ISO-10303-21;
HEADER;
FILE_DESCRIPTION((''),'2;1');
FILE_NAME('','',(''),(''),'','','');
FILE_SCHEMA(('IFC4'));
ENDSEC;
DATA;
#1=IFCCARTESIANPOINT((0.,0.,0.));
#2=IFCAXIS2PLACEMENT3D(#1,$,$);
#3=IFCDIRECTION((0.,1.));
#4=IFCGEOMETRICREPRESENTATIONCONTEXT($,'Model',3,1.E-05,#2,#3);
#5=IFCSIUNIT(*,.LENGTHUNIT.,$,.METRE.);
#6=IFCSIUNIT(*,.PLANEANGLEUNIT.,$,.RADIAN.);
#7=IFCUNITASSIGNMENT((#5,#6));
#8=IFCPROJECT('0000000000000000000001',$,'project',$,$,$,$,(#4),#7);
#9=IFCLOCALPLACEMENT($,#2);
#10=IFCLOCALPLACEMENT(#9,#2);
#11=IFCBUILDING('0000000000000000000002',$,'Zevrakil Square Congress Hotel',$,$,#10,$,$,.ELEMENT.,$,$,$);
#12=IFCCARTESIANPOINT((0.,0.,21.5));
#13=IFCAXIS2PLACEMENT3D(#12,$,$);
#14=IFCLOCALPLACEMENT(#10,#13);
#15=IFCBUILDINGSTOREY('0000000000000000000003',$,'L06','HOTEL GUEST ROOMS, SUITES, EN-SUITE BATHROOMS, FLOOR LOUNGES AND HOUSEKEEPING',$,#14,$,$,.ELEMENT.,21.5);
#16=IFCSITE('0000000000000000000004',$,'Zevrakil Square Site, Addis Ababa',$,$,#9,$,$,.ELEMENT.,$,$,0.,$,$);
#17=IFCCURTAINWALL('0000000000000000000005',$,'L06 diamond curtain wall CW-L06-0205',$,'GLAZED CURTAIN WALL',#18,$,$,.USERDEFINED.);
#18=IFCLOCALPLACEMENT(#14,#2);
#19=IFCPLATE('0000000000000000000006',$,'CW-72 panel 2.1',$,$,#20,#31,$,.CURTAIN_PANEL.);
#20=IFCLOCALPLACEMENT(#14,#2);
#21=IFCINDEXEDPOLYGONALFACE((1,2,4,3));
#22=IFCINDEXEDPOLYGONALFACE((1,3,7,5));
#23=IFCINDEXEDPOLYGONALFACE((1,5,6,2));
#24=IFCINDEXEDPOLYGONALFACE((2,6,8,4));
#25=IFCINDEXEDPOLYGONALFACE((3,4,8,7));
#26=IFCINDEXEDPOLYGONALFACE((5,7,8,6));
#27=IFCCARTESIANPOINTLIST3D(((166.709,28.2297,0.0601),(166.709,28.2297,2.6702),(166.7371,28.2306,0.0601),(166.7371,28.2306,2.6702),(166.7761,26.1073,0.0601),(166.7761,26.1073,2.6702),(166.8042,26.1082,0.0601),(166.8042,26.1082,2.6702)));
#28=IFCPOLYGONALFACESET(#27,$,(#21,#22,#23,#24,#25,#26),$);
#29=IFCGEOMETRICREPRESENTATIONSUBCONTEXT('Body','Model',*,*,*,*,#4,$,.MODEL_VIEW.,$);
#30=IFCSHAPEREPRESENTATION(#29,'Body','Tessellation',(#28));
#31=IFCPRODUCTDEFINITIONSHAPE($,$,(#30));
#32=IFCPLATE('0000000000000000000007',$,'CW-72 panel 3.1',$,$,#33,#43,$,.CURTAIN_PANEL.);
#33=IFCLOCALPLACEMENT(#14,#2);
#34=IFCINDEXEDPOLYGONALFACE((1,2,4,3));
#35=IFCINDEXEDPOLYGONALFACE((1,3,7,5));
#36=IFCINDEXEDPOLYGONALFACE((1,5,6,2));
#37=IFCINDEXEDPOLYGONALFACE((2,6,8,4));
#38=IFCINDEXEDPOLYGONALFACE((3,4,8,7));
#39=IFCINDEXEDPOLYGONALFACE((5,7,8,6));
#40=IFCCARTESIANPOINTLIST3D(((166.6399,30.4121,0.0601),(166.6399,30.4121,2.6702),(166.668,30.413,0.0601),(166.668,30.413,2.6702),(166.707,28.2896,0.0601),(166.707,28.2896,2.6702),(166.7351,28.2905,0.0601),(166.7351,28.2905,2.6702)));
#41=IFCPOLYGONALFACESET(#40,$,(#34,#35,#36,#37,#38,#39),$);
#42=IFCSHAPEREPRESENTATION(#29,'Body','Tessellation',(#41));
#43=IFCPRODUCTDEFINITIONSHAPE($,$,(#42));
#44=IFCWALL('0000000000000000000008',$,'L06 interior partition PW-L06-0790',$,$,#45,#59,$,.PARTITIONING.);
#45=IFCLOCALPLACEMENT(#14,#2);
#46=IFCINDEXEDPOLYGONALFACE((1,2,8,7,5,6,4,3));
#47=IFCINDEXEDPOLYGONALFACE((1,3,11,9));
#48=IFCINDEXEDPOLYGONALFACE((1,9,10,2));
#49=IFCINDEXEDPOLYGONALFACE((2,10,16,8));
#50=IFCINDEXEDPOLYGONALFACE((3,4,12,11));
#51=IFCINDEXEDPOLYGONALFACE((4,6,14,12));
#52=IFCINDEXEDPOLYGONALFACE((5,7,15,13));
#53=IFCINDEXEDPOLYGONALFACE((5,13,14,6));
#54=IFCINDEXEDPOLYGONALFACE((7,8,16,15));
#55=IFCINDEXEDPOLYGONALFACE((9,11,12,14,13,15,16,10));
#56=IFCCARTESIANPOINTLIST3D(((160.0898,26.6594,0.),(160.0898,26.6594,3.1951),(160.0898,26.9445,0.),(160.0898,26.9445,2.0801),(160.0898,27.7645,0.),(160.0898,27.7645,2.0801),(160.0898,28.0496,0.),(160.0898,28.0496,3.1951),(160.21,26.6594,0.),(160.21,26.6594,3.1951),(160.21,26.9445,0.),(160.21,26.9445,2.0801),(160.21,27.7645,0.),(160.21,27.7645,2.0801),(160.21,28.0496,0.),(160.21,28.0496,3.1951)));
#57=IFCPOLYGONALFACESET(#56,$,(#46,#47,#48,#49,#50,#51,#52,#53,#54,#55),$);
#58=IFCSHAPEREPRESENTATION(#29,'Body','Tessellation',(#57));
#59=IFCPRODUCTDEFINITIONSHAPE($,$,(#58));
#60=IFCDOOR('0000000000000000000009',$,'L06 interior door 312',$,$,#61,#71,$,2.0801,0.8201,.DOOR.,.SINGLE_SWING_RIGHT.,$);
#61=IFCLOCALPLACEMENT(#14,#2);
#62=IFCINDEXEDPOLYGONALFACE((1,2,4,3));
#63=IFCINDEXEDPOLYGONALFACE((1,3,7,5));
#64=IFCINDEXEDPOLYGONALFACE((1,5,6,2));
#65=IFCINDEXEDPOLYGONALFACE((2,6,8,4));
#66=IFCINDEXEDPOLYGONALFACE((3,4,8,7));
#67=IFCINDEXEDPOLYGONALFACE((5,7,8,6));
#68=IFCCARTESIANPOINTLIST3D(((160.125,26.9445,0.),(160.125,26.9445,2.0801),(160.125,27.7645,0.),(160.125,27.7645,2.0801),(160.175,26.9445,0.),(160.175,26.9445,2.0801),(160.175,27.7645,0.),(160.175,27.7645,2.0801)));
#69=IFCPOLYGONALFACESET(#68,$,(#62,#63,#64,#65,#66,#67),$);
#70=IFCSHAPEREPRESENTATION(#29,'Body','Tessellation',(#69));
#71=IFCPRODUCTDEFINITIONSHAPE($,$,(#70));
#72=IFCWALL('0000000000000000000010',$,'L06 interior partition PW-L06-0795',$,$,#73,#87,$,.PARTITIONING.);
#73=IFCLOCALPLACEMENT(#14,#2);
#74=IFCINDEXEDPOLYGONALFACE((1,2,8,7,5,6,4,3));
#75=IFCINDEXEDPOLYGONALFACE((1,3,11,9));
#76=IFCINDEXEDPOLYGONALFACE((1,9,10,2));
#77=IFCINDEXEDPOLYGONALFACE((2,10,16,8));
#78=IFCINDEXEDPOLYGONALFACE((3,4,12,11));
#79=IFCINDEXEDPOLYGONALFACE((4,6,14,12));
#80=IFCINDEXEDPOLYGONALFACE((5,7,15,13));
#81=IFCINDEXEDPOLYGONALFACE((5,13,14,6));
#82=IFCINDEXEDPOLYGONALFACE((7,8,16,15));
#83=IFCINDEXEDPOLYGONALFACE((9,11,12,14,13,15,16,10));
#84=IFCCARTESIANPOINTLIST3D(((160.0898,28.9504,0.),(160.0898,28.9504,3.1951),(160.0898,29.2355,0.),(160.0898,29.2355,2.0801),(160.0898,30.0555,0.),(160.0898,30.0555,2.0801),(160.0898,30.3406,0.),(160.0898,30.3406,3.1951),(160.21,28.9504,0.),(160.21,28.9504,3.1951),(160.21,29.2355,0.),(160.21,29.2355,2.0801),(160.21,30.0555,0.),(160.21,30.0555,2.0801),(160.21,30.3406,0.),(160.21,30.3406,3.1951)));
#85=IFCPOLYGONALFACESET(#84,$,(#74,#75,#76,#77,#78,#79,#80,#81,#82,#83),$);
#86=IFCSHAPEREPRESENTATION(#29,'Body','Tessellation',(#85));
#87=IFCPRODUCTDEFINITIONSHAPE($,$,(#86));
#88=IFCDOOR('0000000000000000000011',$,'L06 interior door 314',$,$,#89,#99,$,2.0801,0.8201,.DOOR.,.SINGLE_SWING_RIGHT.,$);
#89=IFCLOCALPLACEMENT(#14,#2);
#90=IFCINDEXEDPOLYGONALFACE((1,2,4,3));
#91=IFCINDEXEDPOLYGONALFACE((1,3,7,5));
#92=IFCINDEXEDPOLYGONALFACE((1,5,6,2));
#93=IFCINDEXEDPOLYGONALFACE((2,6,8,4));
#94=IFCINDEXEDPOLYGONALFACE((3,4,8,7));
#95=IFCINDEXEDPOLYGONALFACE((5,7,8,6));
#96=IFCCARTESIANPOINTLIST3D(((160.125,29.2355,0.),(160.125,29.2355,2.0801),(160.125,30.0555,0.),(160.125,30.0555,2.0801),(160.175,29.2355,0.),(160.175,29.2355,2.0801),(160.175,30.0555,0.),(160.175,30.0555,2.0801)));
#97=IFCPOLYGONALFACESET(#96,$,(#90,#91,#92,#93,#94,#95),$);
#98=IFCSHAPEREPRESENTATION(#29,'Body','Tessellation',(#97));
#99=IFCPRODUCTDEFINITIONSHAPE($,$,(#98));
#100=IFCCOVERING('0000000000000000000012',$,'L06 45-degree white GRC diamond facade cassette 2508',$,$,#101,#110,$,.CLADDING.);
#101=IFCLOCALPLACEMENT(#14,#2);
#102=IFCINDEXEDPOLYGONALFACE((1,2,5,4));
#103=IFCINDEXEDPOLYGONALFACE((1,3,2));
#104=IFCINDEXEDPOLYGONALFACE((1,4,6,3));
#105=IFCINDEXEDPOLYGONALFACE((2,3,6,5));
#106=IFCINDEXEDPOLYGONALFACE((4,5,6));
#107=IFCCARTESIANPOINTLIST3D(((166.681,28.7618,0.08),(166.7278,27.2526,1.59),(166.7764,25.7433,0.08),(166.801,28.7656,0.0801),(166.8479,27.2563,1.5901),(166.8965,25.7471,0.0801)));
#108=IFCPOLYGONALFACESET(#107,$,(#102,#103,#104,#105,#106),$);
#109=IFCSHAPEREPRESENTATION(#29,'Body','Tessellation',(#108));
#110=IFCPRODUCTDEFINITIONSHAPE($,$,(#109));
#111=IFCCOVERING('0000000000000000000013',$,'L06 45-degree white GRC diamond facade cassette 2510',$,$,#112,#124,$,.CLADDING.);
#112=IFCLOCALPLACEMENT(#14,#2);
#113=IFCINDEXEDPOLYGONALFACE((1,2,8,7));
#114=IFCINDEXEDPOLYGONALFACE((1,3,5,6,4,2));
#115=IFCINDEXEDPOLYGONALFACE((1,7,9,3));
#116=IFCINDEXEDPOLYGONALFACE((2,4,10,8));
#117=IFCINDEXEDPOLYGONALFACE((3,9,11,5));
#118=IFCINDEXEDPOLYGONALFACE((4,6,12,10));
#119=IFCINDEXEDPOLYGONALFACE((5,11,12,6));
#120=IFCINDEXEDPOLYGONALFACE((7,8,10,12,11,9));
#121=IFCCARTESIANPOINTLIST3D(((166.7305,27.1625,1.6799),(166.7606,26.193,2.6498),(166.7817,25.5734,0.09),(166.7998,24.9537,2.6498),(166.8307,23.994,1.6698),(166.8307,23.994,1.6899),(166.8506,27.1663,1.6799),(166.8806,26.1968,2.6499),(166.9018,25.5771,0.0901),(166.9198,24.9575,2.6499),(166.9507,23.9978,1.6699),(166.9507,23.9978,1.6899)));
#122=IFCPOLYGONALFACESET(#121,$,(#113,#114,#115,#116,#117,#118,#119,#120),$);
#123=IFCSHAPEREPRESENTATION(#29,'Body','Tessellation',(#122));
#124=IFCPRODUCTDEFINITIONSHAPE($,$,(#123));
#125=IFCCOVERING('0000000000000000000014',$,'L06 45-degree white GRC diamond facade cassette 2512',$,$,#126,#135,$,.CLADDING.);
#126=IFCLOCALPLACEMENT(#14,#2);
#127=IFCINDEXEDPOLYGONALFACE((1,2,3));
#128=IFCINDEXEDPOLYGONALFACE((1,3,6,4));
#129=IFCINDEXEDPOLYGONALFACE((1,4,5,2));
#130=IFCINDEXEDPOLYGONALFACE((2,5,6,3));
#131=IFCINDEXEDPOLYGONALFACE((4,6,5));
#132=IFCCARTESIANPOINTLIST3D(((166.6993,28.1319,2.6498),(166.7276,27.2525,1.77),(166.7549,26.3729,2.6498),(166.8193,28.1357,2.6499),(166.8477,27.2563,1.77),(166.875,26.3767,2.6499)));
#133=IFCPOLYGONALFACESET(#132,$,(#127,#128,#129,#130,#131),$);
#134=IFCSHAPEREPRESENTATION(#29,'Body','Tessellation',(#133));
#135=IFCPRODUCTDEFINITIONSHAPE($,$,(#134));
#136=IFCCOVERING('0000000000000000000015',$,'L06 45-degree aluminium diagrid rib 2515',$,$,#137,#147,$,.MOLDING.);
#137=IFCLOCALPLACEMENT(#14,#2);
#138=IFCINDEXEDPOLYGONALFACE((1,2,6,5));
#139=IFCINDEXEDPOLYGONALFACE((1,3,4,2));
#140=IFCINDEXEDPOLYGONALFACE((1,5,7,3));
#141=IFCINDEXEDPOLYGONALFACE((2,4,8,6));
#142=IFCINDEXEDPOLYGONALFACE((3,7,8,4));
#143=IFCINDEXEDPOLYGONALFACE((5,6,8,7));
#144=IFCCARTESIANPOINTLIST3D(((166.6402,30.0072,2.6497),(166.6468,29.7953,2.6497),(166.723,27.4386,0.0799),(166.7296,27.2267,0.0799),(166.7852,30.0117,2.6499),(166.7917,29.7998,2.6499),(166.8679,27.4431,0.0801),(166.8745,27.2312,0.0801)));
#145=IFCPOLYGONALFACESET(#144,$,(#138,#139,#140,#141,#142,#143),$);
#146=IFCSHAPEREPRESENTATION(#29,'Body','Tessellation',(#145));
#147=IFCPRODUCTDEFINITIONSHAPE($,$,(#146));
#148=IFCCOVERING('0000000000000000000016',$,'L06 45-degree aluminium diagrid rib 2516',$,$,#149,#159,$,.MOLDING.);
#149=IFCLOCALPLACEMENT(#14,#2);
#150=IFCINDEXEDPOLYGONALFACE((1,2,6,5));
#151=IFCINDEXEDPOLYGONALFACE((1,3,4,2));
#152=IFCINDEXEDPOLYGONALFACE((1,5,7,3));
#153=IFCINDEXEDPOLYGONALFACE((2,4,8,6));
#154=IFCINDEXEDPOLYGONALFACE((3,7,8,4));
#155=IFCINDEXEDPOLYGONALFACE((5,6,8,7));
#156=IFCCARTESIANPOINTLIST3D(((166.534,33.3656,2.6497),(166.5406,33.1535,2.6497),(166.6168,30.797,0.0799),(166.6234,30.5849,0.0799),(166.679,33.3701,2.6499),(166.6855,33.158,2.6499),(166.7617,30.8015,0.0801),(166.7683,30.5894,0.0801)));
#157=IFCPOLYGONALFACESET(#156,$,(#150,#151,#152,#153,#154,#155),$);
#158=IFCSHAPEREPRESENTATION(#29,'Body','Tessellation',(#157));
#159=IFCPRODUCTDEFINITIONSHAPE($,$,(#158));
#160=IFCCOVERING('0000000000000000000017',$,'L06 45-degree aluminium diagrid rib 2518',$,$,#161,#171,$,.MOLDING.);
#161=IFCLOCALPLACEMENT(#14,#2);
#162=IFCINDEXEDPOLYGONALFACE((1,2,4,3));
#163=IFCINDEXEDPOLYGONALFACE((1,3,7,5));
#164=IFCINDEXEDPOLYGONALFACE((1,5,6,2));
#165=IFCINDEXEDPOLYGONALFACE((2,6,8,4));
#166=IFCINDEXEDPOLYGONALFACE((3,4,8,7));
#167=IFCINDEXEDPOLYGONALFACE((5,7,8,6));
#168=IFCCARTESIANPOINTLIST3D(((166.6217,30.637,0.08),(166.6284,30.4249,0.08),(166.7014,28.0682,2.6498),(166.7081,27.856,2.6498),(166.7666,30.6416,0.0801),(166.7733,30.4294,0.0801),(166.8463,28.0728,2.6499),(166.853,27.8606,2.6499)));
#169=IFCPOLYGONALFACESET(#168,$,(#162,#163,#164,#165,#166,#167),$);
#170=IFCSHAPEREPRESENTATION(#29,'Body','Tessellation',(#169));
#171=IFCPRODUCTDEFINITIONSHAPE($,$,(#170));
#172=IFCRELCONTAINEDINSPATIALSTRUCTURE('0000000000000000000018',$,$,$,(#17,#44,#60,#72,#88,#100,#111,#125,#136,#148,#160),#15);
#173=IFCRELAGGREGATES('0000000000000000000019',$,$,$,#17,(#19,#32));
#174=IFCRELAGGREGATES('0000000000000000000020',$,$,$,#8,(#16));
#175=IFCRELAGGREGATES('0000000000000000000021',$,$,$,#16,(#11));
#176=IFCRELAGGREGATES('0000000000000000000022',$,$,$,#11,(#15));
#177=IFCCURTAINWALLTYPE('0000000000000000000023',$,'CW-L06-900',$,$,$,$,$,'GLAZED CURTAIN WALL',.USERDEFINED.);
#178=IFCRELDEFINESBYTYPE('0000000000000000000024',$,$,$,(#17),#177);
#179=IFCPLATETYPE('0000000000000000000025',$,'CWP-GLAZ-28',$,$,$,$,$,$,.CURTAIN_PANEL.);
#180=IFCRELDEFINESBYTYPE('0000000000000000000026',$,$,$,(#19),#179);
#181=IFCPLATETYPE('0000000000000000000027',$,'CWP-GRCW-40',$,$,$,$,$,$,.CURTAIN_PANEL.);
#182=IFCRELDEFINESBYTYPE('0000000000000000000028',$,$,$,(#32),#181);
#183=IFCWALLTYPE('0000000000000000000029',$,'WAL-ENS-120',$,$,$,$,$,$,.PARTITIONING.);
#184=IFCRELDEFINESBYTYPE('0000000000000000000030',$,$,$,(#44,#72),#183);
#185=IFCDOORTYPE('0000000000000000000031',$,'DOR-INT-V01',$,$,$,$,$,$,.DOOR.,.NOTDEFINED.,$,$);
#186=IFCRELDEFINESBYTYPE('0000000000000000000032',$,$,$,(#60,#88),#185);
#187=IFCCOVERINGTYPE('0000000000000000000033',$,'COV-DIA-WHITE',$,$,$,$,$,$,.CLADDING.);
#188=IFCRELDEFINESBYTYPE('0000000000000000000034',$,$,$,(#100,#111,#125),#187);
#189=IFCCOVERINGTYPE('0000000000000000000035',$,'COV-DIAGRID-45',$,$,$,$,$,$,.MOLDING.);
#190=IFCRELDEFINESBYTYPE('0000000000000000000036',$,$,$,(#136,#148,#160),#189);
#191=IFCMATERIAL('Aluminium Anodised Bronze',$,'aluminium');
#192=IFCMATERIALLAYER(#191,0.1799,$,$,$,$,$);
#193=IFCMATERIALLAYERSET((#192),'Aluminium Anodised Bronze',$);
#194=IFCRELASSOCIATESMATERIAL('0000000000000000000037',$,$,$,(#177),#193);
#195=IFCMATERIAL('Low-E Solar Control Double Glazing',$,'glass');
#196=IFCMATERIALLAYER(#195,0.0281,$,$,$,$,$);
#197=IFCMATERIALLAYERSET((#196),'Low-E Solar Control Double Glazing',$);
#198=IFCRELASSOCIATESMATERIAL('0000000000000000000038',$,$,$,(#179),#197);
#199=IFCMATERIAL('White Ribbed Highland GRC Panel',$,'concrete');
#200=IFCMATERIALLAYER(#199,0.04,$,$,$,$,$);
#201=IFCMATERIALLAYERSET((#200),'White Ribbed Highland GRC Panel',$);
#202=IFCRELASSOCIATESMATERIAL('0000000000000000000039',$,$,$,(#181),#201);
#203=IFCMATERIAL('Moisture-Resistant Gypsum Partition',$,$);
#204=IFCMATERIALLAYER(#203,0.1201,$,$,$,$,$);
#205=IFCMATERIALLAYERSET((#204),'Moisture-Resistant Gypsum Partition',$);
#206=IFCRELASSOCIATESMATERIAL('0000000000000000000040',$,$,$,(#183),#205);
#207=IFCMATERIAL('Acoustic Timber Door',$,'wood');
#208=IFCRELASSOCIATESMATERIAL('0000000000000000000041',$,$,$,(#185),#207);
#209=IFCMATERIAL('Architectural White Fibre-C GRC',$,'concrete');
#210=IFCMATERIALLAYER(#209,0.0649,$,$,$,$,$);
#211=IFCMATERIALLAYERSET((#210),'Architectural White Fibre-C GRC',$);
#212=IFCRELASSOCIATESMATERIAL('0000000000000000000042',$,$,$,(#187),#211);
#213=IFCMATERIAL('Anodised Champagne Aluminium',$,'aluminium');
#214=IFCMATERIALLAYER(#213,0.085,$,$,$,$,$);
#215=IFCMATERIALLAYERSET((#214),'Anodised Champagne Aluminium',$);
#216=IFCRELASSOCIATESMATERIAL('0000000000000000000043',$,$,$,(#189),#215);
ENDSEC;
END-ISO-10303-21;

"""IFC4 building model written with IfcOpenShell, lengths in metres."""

from ifc_helpers import new_model, si_unit, direction, frame, frame_2d, origin, origin_2d, place, context, subcontext, project, spatial, polyline, rectangle, outline, extrude, material, layer, layer_set, type_object, element, fill, aggregate, save


model = new_model("IFC4")

# Units and contexts
model_context = context("Model", 3, precision=1e-05, world=origin(), true_north=direction((0.0, 1.0)))
body_context = subcontext(model_context, "Body", "Model", "MODEL_VIEW")
ifc_project = project(units=[si_unit("LENGTHUNIT", "METRE"), si_unit("PLANEANGLEUNIT", "RADIAN")], contexts=[model_context])

# Site, building, storey
site_placement = place(None, origin())
site = spatial("IfcSite", under=ifc_project, at=site_placement, Name="Zevrakil Square Site, Addis Ababa", CompositionType="ELEMENT", RefElevation=0.0)
building_placement = place(site_placement, origin())
building = spatial("IfcBuilding", under=site, at=building_placement, Name="Zevrakil Square Congress Hotel", CompositionType="ELEMENT")
storey_placement = place(building_placement, frame((0.0, 0.0, 21.5)))
storey = spatial("IfcBuildingStorey", under=building, at=storey_placement, Name="L06", Description="HOTEL GUEST ROOMS, SUITES, EN-SUITE BATHROOMS, FLOOR LOUNGES AND HOUSEKEEPING", CompositionType="ELEMENT", Elevation=21.5)

# Curtain wall, plates
ifc_material_1 = material(Name="Aluminium Anodised Bronze", Category="aluminium")
ifc_layer_1 = layer(ifc_material_1, 0.1799)
ifc_layer_set_1 = layer_set([ifc_layer_1], Name="Aluminium Anodised Bronze")
curtain_wall_type = type_object("IfcCurtainWallType", Name="CW-L06-900", ElementType="GLAZED CURTAIN WALL", PredefinedType="USERDEFINED", material=ifc_layer_set_1)
curtain_wall_placement = place(storey_placement, origin())
curtain_wall = element("IfcCurtainWall", 1, at=curtain_wall_placement, inside=storey, type_object=curtain_wall_type, Name="L06 diamond curtain wall CW-L06-0205", ObjectType="GLAZED CURTAIN WALL", PredefinedType="USERDEFINED")
ifc_material_2 = material(Name="Low-E Solar Control Double Glazing", Category="glass")
ifc_layer_2 = layer(ifc_material_2, 0.0281)
ifc_layer_set_2 = layer_set([ifc_layer_2], Name="Low-E Solar Control Double Glazing")
plate_type_1 = type_object("IfcPlateType", Name="CWP-GLAZ-28", PredefinedType="CURTAIN_PANEL", material=ifc_layer_set_2)
plate_1_placement = place(storey_placement, frame((166.7566, 27.1689, 0.0601), z_axis=(0.0, 0.0, 1.0), x_axis=(-0.031598, 0.999501, 0.0)))
plate_1 = element("IfcPlate", 2, at=plate_1_placement, type_object=plate_type_1, Name="CW-72 panel 2.1", PredefinedType="CURTAIN_PANEL", context=body_context, shape_type="SweptSolid", body=[
    extrude(rectangle(XDim=2.1235, YDim=0.0281, at=origin_2d()), origin(), (0.0, 0.0, 1.0), 2.6101),
])
ifc_material_3 = material(Name="White Ribbed Highland GRC Panel", Category="concrete")
ifc_layer_3 = layer(ifc_material_3, 0.04)
ifc_layer_set_3 = layer_set([ifc_layer_3], Name="White Ribbed Highland GRC Panel")
plate_type_2 = type_object("IfcPlateType", Name="CWP-GRCW-40", PredefinedType="CURTAIN_PANEL", material=ifc_layer_set_3)
plate_2_placement = place(storey_placement, frame((166.6875, 29.3513, 0.0601), z_axis=(0.0, 0.0, 1.0), x_axis=(-0.031598, 0.999501, 0.0)))
plate_2 = element("IfcPlate", 3, at=plate_2_placement, type_object=plate_type_2, Name="CW-72 panel 3.1", PredefinedType="CURTAIN_PANEL", context=body_context, shape_type="SweptSolid", body=[
    extrude(rectangle(XDim=2.1235, YDim=0.0281, at=origin_2d()), origin(), (0.0, 0.0, 1.0), 2.6101),
])
aggregate(curtain_wall, [plate_1, plate_2])

# Walls, openings, doors
ifc_material_4 = material(Name="Moisture-Resistant Gypsum Partition")
ifc_layer_4 = layer(ifc_material_4, 0.1201)
ifc_layer_set_4 = layer_set([ifc_layer_4], Name="Moisture-Resistant Gypsum Partition")
wall_type = type_object("IfcWallType", Name="WAL-ENS-120", PredefinedType="PARTITIONING", material=ifc_layer_set_4)
wall_1_placement = place(storey_placement, frame((160.1499, 26.6594, 0.0), z_axis=(0.0, 0.0, 1.0), x_axis=(0.0, 1.0, 0.0)))
wall_1 = element("IfcWall", 4, at=wall_1_placement, inside=storey, type_object=wall_type, Name="L06 interior partition PW-L06-0790", PredefinedType="PARTITIONING", context=body_context, shape_type="SweptSolid", body=[
    extrude(rectangle(XDim=1.3901, YDim=0.1201, at=frame_2d((0.6951, 0.0))), origin(), (0.0, 0.0, 1.0), 3.1951),
])
opening_1_placement = place(wall_1_placement, frame((0.2849, 0.0, 0.0)))
opening_1 = element("IfcOpeningElement", 5, at=opening_1_placement, cuts=wall_1, PredefinedType="OPENING", context=body_context, shape_type="SweptSolid", body=[
    extrude(rectangle(XDim=0.8201, YDim=2.0801, at=frame_2d((0.4102, 1.04))), frame((0.0, 0.0701, 0.0), z_axis=(0.0, -1.0, 0.0), x_axis=(1.0, 0.0, 0.0)), (0.0, 0.0, 1.0), 0.1401),
])
ifc_material_5 = material(Name="Acoustic Timber Door", Category="wood")
door_type = type_object("IfcDoorType", Name="DOR-INT-V01", OperationType="NOTDEFINED", PredefinedType="DOOR", material=ifc_material_5)
door_1_placement = place(opening_1_placement, origin())
door_1 = element("IfcDoor", 6, at=door_1_placement, inside=storey, type_object=door_type, Name="L06 interior door 312", OperationType="SINGLE_SWING_RIGHT", OverallHeight=2.0801, OverallWidth=0.8201, PredefinedType="DOOR", context=body_context, shape_type="SweptSolid", body=[
    extrude(rectangle(XDim=0.8201, YDim=2.0801, at=frame_2d((0.4102, 1.04))), frame((0.0, 0.0249, 0.0), z_axis=(0.0, -1.0, 0.0), x_axis=(1.0, 0.0, 0.0)), (0.0, 0.0, 1.0), 0.05),
])
fill(opening_1, door_1)
wall_2_placement = place(storey_placement, frame((160.1499, 28.9504, 0.0), z_axis=(0.0, 0.0, 1.0), x_axis=(0.0, 1.0, 0.0)))
wall_2 = element("IfcWall", 7, at=wall_2_placement, inside=storey, type_object=wall_type, Name="L06 interior partition PW-L06-0795", PredefinedType="PARTITIONING", context=body_context, shape_type="SweptSolid", body=[
    extrude(rectangle(XDim=1.3901, YDim=0.1201, at=frame_2d((0.6951, 0.0))), origin(), (0.0, 0.0, 1.0), 3.1951),
])
opening_2_placement = place(wall_2_placement, frame((0.2849, 0.0, 0.0)))
opening_2 = element("IfcOpeningElement", 8, at=opening_2_placement, cuts=wall_2, PredefinedType="OPENING", context=body_context, shape_type="SweptSolid", body=[
    extrude(rectangle(XDim=0.8201, YDim=2.0801, at=frame_2d((0.4102, 1.04))), frame((0.0, 0.0701, 0.0), z_axis=(0.0, -1.0, 0.0), x_axis=(1.0, 0.0, 0.0)), (0.0, 0.0, 1.0), 0.1401),
])
door_2_placement = place(opening_2_placement, origin())
door_2 = element("IfcDoor", 9, at=door_2_placement, inside=storey, type_object=door_type, Name="L06 interior door 314", OperationType="SINGLE_SWING_RIGHT", OverallHeight=2.0801, OverallWidth=0.8201, PredefinedType="DOOR", context=body_context, shape_type="SweptSolid", body=[
    extrude(rectangle(XDim=0.8201, YDim=2.0801, at=frame_2d((0.4102, 1.04))), frame((0.0, 0.0249, 0.0), z_axis=(0.0, -1.0, 0.0), x_axis=(1.0, 0.0, 0.0)), (0.0, 0.0, 1.0), 0.05),
])
fill(opening_2, door_2)

# Coverings
ifc_material_6 = material(Name="Architectural White Fibre-C GRC", Category="concrete")
ifc_layer_5 = layer(ifc_material_6, 0.0649)
ifc_layer_set_5 = layer_set([ifc_layer_5], Name="Architectural White Fibre-C GRC")
covering_type_1 = type_object("IfcCoveringType", Name="COV-DIA-WHITE", PredefinedType="CLADDING", material=ifc_layer_set_5)
covering_1_placement = place(storey_placement, frame((166.8479, 27.2563, 1.5901), z_axis=(0.9995, 0.031608, 0.000566), x_axis=(-0.021951, 0.706765, -0.707108)))
element("IfcCovering", 10, at=covering_1_placement, inside=storey, type_object=covering_type_1, Name="L06 45-degree white GRC diamond facade cassette 2508", PredefinedType="CLADDING", context=body_context, shape_type="SweptSolid", body=[
    extrude(outline(polyline([(0.0, 0.0), (2.1355, 0.0), (0.0, -2.1355), (0.0, 0.0)])), origin(), (0.0, 0.0, -1.0), 0.1201),
])
covering_2_placement = place(storey_placement, frame((166.8506, 27.1663, 1.6799), z_axis=(0.999501, 0.031592, 0.000607), x_axis=(0.022769, -0.706761, -0.707086)))
element("IfcCovering", 11, at=covering_2_placement, inside=storey, type_object=covering_type_1, Name="L06 45-degree white GRC diamond facade cassette 2510", PredefinedType="CLADDING", context=body_context, shape_type="SweptSolid", body=[
    extrude(outline(polyline([(0.0, 0.0), (2.2484, 0.0), (2.2487, -2.2344), (2.2345, -2.2486), (0.8768, -2.2484), (0.0, -1.3717), (0.0, 0.0)])), origin(), (0.0, 0.0, -1.0), 0.1201),
])
covering_3_placement = place(storey_placement, frame((166.8477, 27.2563, 1.77), z_axis=(0.9995, 0.031629, 0.000559), x_axis=(0.021972, -0.706838, 0.707034)))
element("IfcCovering", 12, at=covering_3_placement, inside=storey, type_object=covering_type_1, Name="L06 45-degree white GRC diamond facade cassette 2512", PredefinedType="CLADDING", context=body_context, shape_type="SweptSolid", body=[
    extrude(outline(polyline([(0.0, 0.0), (1.2445, 0.0), (-0.0001, -1.2443), (0.0, 0.0)])), origin(), (0.0, 0.0, -1.0), 0.1201),
])
ifc_material_7 = material(Name="Anodised Champagne Aluminium", Category="aluminium")
ifc_layer_6 = layer(ifc_material_7, 0.085)
ifc_layer_set_6 = layer_set([ifc_layer_6], Name="Anodised Champagne Aluminium")
covering_type_2 = type_object("IfcCoveringType", Name="COV-DIAGRID-45", PredefinedType="MOLDING", material=ifc_layer_set_6)
covering_4_placement = place(storey_placement, frame((166.8679, 27.4431, 0.0801), z_axis=(0.999516, 0.031091, 0.001114), x_axis=(0.031091, -0.999517, 0.0)))
element("IfcCovering", 13, at=covering_4_placement, inside=storey, type_object=covering_type_2, Name="L06 45-degree aluminium diagrid rib 2515", PredefinedType="MOLDING", context=body_context, shape_type="SweptSolid", body=[
    extrude(outline(polyline([(0.0, 0.0), (0.212, 0.0), (-2.3579, -2.5698), (-2.5699, -2.5698), (0.0, 0.0)])), origin(), (0.0, 0.0, -1.0), 0.145),
])
covering_5_placement = place(storey_placement, frame((166.7617, 30.8015, 0.0801), z_axis=(0.999517, 0.031055, 0.00115), x_axis=(0.031055, -0.999518, 0.0)))
element("IfcCovering", 14, at=covering_5_placement, inside=storey, type_object=covering_type_2, Name="L06 45-degree aluminium diagrid rib 2516", PredefinedType="MOLDING", context=body_context, shape_type="SweptSolid", body=[
    extrude(outline(polyline([(0.0, 0.0), (0.2123, 0.0), (-2.3577, -2.5698), (-2.5699, -2.5698), (0.0, 0.0)])), origin(), (0.0, 0.0, -1.0), 0.145),
])
covering_6_placement = place(storey_placement, frame((166.853, 27.8606, 2.6499), z_axis=(0.999499, 0.03163, 0.000615), x_axis=(-0.03163, 0.9995, 0.0)))
element("IfcCovering", 15, at=covering_6_placement, inside=storey, type_object=covering_type_2, Name="L06 45-degree aluminium diagrid rib 2518", PredefinedType="MOLDING", context=body_context, shape_type="SweptSolid", body=[
    extrude(outline(polyline([(0.0, 0.0), (0.2123, 0.0), (2.7823, -2.5698), (2.5701, -2.5698), (0.0, 0.0)])), origin(), (0.0, 0.0, -1.0), 0.145),
])

save(model, "model.ifc")
